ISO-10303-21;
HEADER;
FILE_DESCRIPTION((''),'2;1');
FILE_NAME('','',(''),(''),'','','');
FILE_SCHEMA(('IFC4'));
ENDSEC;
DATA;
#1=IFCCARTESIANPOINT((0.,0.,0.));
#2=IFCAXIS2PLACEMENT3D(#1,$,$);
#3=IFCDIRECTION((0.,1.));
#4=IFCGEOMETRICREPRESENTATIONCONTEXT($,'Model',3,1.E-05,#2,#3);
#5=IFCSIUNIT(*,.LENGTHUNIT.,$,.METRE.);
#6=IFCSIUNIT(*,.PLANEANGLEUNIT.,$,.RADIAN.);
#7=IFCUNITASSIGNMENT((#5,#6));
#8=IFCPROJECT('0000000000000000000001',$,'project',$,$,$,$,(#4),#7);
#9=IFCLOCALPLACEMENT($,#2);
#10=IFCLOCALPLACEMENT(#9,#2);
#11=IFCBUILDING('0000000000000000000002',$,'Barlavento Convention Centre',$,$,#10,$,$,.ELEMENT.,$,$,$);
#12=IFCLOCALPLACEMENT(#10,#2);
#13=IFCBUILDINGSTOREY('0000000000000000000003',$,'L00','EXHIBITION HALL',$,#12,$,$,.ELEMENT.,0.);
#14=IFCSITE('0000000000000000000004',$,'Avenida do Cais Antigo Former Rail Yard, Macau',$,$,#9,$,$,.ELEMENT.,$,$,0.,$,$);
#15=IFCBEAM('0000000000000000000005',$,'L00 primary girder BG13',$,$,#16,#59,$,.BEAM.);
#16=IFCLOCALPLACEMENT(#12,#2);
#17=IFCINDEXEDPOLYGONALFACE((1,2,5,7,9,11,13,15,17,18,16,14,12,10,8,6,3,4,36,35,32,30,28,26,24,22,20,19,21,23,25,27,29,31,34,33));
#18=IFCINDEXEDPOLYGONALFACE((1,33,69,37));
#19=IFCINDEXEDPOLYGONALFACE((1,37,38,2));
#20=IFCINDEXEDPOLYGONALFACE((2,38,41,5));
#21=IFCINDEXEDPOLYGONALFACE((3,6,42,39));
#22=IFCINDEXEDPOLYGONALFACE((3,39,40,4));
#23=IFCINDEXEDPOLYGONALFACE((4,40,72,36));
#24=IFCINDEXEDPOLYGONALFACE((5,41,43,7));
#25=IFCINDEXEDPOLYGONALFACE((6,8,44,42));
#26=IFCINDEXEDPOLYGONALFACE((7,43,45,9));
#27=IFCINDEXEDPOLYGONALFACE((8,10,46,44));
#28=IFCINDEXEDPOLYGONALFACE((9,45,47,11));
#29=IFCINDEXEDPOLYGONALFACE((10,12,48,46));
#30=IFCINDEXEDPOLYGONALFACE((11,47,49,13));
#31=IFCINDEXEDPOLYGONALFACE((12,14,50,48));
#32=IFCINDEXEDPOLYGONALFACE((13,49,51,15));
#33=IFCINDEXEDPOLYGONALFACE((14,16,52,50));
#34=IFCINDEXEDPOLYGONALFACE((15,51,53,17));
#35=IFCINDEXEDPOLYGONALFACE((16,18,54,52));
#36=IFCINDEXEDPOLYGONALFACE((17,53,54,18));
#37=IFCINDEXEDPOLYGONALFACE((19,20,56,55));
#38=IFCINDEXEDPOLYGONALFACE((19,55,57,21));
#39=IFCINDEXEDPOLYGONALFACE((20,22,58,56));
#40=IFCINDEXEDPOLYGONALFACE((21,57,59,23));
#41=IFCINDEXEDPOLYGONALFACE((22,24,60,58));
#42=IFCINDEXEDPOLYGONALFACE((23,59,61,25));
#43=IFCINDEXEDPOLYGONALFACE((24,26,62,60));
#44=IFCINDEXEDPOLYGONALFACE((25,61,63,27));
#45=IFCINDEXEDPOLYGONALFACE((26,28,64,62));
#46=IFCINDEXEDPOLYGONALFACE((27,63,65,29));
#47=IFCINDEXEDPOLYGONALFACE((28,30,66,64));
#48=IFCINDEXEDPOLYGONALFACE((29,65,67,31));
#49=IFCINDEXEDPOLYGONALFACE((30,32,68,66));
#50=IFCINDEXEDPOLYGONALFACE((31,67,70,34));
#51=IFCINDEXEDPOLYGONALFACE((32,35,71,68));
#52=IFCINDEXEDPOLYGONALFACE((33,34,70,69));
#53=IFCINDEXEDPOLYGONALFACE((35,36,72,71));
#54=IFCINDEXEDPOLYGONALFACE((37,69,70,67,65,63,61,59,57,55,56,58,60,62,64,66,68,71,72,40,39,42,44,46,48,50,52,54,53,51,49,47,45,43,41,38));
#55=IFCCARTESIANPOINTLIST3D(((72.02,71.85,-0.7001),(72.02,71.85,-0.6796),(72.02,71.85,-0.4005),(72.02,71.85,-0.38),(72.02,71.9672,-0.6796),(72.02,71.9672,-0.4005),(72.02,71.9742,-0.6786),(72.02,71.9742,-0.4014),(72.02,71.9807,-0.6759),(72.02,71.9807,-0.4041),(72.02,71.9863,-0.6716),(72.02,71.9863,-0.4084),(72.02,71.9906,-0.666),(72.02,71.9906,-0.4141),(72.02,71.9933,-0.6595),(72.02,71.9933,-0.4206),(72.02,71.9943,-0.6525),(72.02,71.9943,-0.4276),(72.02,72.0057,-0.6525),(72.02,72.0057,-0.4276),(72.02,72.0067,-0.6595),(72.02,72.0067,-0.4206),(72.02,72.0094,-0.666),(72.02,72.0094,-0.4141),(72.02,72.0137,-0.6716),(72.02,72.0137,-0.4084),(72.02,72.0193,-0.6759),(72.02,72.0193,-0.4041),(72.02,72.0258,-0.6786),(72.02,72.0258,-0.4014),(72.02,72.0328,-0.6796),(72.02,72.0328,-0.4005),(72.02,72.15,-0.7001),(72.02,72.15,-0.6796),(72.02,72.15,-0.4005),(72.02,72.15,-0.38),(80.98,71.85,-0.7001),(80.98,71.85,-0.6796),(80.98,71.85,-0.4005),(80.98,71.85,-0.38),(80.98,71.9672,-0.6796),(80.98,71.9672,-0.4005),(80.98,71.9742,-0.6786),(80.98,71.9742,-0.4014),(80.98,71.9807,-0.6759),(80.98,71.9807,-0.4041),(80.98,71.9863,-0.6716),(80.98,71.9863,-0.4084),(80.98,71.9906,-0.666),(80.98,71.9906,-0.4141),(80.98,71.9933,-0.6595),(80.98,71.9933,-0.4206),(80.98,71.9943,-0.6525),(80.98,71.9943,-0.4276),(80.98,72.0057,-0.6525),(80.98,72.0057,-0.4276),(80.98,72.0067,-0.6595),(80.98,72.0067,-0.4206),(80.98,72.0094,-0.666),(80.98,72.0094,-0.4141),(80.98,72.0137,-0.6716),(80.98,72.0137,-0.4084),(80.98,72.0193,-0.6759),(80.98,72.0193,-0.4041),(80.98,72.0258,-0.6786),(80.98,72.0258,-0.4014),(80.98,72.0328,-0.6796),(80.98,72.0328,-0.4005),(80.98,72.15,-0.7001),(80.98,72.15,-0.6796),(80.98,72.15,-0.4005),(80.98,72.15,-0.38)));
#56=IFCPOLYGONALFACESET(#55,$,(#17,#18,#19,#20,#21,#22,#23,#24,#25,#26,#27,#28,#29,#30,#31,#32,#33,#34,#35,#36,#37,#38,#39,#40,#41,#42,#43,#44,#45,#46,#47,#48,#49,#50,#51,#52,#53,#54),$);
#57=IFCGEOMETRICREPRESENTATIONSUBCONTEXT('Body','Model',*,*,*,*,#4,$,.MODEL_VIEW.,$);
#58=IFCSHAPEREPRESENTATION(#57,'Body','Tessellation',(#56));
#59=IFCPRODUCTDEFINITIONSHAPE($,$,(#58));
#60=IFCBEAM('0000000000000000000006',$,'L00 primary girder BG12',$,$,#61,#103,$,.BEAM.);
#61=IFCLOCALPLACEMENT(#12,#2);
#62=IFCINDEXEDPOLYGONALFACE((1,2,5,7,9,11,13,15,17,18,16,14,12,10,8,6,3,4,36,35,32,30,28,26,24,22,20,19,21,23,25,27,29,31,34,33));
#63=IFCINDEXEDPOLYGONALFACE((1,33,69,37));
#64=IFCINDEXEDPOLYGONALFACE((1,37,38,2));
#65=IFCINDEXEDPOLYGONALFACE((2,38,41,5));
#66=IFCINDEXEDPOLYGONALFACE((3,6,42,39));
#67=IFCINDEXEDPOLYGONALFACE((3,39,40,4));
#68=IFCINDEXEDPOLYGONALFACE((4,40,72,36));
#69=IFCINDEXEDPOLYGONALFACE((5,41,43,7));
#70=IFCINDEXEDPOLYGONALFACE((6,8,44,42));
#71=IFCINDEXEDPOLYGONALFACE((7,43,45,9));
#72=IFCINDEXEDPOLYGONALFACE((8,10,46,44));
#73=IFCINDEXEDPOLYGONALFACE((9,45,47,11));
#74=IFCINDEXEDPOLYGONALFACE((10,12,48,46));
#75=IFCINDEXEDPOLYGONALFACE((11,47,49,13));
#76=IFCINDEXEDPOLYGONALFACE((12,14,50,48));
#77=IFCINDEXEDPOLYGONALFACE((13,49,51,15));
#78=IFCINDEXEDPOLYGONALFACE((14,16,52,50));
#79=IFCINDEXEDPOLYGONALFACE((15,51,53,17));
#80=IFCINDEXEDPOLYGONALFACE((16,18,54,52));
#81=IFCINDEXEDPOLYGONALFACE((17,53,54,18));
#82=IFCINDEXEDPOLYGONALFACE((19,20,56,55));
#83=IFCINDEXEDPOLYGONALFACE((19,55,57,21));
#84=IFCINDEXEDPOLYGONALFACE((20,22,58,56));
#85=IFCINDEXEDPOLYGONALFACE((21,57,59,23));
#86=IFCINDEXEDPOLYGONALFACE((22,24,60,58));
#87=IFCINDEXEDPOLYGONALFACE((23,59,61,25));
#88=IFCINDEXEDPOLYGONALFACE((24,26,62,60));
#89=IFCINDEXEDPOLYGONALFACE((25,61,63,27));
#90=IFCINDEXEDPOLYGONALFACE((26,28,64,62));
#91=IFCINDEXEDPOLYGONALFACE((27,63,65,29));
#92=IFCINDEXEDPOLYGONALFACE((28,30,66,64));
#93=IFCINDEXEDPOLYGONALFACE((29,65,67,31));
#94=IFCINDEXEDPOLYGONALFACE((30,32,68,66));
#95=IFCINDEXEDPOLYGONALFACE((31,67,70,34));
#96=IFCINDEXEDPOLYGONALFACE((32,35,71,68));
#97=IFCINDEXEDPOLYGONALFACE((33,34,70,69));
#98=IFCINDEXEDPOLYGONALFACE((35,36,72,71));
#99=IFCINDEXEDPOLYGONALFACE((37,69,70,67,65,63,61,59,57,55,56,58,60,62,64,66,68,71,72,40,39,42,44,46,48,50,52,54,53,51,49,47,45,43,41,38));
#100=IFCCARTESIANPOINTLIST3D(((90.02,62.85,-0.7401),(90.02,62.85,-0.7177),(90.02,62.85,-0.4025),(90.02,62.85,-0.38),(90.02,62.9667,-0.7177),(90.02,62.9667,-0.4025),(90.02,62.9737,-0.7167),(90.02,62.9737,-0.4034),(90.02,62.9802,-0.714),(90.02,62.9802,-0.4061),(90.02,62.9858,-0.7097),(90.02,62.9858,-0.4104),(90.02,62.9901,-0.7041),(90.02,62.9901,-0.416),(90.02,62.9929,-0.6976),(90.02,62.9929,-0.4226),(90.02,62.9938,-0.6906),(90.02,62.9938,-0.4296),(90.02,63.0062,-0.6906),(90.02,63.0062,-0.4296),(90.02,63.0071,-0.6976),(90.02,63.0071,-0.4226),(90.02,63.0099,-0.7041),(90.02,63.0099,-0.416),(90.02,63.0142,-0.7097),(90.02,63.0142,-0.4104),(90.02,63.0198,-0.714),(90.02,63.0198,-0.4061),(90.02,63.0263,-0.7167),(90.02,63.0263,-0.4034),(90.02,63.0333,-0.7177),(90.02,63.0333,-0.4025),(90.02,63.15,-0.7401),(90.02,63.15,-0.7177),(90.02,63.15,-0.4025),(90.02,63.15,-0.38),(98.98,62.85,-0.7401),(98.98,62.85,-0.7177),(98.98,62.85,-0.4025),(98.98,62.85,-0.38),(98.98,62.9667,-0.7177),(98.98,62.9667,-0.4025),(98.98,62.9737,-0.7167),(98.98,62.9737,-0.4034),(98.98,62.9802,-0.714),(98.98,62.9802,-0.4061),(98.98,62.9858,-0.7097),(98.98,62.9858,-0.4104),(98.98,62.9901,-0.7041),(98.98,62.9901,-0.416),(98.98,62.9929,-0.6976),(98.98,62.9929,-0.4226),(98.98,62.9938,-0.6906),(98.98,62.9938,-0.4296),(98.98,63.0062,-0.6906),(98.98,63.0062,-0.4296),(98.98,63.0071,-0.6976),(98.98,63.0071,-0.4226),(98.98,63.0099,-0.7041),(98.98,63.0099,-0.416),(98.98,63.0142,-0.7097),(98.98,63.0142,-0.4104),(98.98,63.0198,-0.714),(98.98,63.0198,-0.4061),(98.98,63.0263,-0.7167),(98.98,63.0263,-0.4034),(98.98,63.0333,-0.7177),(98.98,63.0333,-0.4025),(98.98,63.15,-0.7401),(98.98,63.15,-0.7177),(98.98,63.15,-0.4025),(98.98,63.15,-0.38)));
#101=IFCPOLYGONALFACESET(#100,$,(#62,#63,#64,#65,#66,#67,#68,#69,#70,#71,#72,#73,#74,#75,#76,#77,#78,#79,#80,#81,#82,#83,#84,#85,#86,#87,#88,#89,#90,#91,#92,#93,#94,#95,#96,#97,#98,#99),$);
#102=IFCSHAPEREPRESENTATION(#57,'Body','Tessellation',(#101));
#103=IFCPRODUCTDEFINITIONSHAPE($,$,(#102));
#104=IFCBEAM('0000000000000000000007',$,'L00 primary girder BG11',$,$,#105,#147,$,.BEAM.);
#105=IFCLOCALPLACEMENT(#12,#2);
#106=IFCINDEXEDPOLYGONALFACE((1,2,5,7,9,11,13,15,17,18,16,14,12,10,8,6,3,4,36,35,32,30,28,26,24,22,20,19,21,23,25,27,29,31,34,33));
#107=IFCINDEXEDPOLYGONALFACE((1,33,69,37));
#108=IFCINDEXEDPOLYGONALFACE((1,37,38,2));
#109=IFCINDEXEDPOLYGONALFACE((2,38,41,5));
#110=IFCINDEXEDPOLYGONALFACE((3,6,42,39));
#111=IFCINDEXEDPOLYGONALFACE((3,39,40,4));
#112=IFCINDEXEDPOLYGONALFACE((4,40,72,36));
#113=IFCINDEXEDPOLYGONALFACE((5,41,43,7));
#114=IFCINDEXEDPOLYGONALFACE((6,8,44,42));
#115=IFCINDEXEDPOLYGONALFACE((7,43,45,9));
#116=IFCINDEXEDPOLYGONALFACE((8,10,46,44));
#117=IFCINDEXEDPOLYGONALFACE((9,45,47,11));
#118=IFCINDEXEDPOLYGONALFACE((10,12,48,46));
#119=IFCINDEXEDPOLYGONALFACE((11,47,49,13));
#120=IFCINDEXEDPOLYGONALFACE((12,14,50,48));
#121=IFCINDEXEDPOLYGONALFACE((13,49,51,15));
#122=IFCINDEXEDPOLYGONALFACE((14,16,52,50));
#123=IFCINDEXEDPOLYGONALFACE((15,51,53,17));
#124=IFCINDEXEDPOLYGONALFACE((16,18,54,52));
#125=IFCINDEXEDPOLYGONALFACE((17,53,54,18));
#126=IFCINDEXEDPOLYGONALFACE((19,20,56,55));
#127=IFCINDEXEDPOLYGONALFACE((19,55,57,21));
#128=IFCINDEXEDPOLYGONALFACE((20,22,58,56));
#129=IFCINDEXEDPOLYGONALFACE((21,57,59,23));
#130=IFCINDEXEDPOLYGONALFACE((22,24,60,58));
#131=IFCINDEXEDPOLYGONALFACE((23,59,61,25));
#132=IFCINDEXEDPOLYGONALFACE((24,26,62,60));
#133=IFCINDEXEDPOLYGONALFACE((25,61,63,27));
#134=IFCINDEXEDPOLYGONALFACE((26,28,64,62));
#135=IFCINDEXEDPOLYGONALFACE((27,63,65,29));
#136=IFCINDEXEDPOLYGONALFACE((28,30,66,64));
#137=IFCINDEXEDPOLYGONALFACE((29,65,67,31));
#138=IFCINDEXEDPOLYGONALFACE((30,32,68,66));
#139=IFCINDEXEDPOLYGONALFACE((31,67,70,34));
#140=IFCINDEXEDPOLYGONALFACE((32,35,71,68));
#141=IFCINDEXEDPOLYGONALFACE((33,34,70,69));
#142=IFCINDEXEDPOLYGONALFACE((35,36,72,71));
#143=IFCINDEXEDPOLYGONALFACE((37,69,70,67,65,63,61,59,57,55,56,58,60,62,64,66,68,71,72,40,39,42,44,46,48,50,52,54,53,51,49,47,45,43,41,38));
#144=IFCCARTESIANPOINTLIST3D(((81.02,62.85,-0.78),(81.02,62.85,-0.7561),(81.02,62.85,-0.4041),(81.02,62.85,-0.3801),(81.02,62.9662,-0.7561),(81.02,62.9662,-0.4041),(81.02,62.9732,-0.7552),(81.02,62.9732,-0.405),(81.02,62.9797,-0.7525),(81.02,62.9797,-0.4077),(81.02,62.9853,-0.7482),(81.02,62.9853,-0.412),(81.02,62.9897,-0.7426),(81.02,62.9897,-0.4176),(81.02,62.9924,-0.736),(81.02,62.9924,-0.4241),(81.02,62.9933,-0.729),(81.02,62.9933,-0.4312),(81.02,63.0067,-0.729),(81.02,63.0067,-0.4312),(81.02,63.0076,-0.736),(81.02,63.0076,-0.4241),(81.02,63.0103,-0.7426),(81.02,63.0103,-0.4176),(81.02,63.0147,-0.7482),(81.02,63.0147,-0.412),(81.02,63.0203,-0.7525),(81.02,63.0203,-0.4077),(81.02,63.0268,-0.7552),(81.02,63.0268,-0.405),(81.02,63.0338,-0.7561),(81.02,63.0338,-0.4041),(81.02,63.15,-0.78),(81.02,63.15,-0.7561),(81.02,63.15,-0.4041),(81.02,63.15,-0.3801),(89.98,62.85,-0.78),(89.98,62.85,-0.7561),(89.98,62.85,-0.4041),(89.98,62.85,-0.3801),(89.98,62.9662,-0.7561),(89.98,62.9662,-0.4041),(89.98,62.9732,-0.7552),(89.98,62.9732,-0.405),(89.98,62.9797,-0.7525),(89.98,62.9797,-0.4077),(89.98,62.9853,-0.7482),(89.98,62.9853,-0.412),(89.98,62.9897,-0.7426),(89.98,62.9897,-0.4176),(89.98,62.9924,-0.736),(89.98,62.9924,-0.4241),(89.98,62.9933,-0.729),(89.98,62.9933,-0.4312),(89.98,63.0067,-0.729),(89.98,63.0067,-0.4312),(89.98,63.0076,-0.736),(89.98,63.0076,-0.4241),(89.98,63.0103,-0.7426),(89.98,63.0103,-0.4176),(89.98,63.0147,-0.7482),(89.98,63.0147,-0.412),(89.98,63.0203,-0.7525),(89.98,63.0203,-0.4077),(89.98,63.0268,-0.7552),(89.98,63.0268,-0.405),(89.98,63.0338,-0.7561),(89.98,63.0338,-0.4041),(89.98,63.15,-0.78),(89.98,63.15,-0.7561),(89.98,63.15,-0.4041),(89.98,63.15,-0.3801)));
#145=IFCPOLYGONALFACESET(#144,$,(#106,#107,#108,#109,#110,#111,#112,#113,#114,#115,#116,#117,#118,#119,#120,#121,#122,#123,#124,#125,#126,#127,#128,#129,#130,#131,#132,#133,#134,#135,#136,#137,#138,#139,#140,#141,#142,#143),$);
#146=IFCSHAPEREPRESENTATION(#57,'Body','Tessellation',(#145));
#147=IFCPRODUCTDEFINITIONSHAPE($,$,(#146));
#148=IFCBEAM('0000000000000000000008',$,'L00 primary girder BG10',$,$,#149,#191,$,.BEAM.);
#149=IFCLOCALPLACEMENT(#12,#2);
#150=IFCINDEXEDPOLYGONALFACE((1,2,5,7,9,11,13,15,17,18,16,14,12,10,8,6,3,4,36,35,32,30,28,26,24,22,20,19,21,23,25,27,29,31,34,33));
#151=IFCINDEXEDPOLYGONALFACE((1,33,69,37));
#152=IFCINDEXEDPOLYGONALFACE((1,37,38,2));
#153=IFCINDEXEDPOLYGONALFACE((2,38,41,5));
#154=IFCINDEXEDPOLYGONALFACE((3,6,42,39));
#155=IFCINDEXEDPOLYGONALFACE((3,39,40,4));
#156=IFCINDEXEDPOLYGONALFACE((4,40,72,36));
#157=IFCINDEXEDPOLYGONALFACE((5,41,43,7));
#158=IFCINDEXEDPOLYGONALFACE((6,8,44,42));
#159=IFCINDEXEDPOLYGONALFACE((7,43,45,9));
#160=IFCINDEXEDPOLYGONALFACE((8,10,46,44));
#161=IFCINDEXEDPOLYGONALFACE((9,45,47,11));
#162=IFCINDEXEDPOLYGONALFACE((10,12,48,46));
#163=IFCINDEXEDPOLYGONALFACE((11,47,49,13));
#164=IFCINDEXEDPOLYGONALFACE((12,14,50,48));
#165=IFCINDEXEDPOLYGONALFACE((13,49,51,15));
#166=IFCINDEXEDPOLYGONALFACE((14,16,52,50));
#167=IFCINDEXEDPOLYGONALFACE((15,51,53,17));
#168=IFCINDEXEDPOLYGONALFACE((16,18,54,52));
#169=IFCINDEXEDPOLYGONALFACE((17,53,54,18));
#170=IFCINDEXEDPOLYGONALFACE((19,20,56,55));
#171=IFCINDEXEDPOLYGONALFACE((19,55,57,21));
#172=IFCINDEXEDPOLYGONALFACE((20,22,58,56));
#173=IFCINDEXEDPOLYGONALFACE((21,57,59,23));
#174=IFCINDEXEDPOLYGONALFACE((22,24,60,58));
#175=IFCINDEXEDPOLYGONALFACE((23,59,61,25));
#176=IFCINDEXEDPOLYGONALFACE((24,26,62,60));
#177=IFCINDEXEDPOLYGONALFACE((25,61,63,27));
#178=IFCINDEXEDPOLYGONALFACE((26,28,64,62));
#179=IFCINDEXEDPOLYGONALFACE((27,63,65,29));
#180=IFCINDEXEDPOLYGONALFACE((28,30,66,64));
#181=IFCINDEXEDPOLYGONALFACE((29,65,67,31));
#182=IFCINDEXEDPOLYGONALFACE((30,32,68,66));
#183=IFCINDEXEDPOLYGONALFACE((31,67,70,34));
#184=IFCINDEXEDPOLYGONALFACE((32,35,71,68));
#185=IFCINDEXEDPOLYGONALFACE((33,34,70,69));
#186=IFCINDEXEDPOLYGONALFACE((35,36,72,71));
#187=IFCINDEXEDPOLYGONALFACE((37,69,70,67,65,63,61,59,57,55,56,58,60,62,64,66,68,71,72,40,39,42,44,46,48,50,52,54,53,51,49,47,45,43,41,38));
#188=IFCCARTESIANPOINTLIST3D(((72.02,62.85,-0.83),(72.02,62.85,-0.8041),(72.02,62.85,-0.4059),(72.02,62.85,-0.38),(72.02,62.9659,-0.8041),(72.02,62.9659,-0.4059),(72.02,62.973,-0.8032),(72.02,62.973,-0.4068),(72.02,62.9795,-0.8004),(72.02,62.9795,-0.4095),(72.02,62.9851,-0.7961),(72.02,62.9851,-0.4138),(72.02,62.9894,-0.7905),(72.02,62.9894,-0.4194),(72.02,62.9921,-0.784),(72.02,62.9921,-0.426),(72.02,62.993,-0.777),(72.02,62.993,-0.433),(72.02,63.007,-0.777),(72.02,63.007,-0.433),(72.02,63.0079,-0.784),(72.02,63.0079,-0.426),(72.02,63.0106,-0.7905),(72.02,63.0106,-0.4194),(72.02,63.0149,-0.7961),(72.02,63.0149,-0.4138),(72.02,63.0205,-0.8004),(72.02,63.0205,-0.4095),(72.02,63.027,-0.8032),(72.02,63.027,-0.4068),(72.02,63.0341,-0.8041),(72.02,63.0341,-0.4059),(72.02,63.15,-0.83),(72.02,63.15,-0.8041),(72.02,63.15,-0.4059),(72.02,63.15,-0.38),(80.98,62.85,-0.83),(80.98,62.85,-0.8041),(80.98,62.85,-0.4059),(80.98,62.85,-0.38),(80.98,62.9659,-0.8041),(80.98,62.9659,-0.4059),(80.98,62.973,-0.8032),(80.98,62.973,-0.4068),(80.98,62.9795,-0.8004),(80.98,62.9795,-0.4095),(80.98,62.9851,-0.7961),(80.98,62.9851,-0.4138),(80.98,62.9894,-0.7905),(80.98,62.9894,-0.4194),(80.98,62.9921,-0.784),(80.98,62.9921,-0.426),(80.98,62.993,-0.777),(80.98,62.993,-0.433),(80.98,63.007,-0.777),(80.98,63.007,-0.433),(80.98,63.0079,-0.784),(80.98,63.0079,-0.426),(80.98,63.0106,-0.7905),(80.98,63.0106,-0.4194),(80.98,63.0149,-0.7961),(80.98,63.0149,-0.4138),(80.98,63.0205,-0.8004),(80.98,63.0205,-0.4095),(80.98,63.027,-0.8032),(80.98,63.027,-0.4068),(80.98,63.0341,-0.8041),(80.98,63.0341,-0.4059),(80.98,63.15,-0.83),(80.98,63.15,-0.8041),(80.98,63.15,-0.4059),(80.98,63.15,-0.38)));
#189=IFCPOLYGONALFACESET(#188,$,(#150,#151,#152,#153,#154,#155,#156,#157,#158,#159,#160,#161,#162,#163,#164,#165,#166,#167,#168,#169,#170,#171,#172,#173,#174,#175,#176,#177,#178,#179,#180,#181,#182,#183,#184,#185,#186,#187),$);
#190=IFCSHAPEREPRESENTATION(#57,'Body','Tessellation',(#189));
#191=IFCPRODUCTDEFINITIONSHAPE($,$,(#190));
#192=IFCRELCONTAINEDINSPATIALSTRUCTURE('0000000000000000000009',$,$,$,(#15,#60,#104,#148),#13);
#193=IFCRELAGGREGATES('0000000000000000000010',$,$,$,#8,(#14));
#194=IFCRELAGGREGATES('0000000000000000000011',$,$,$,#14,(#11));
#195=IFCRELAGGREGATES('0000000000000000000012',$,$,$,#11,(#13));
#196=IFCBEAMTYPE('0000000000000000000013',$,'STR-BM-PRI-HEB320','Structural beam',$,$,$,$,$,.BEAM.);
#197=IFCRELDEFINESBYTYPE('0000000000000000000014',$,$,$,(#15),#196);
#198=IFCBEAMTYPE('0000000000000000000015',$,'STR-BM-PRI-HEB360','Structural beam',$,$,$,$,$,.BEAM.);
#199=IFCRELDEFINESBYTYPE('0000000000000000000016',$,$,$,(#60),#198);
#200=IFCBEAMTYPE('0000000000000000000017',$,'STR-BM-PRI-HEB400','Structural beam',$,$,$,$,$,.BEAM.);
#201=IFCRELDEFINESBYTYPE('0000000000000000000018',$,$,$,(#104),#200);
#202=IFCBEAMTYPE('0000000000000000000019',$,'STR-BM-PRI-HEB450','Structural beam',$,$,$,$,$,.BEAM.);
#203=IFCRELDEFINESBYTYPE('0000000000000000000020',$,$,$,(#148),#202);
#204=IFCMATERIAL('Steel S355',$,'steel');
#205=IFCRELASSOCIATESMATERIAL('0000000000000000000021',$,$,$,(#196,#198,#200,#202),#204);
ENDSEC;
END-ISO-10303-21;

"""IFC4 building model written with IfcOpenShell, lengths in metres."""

from ifc_helpers import new_model, si_unit, direction, frame, origin, origin_2d, place, context, subcontext, project, spatial, i_section, extrude, material, material_profile, profile_set, type_object, element, save


model = new_model("IFC4")

# Units and contexts
model_context = context("Model", 3, precision=1e-05, world=origin(), true_north=direction((0.0, 1.0)))
body_context = subcontext(model_context, "Body", "Model", "MODEL_VIEW")
ifc_project = project(units=[si_unit("LENGTHUNIT", "METRE"), si_unit("PLANEANGLEUNIT", "RADIAN")], contexts=[model_context])

# Site, building, storey
site_placement = place(None, origin())
site = spatial("IfcSite", under=ifc_project, at=site_placement, Name="Avenida do Cais Antigo Former Rail Yard, Macau", CompositionType="ELEMENT", RefElevation=0.0)
building_placement = place(site_placement, origin())
building = spatial("IfcBuilding", under=site, at=building_placement, Name="Barlavento Convention Centre", CompositionType="ELEMENT")
storey_placement = place(building_placement, origin())
storey = spatial("IfcBuildingStorey", under=building, at=storey_placement, Name="L00", Description="EXHIBITION HALL", CompositionType="ELEMENT", Elevation=0.0)

# Beams
ifc_material_1 = material(Name="Steel S355", Category="steel")
ifc_material_profile_1 = material_profile(ifc_material_1, i_section(OverallWidth=0.3, OverallDepth=0.3201, WebThickness=0.0115, FlangeThickness=0.0205, FilletRadius=0.0271, at=origin_2d()), Name="HEB 320")
ifc_profile_set_1 = profile_set([ifc_material_profile_1], Name="Steel S355")
beam_type_1 = type_object("IfcBeamType", Name="STR-BM-PRI-HEB320", Description="Structural beam", PredefinedType="BEAM", material=ifc_profile_set_1)
beam_1_placement = place(storey_placement, frame((72.02, 72.0, -0.54), z_axis=(1.0, 0.0, 0.0), x_axis=(0.0, 1.0, 0.0)))
element("IfcBeam", 1, at=beam_1_placement, inside=storey, type_object=beam_type_1, Name="L00 primary girder BG13", PredefinedType="BEAM", context=body_context, shape_type="SweptSolid", body=[
    extrude(i_section(OverallWidth=0.3, OverallDepth=0.3201, WebThickness=0.0115, FlangeThickness=0.0205, FilletRadius=0.0271, at=origin_2d()), origin(), (0.0, 0.0, 1.0), 8.96),
])
ifc_material_profile_2 = material_profile(ifc_material_1, i_section(OverallWidth=0.3, OverallDepth=0.3601, WebThickness=0.0125, FlangeThickness=0.0225, FilletRadius=0.0271, at=origin_2d()), Name="HEB 360")
ifc_profile_set_2 = profile_set([ifc_material_profile_2], Name="Steel S355")
beam_type_2 = type_object("IfcBeamType", Name="STR-BM-PRI-HEB360", Description="Structural beam", PredefinedType="BEAM", material=ifc_profile_set_2)
beam_2_placement = place(storey_placement, frame((90.02, 63.0, -0.5601), z_axis=(1.0, 0.0, 0.0), x_axis=(0.0, 1.0, 0.0)))
element("IfcBeam", 2, at=beam_2_placement, inside=storey, type_object=beam_type_2, Name="L00 primary girder BG12", PredefinedType="BEAM", context=body_context, shape_type="SweptSolid", body=[
    extrude(i_section(OverallWidth=0.3, OverallDepth=0.3601, WebThickness=0.0125, FlangeThickness=0.0225, FilletRadius=0.0271, at=origin_2d()), origin(), (0.0, 0.0, 1.0), 8.96),
])
ifc_material_profile_3 = material_profile(ifc_material_1, i_section(OverallWidth=0.3, OverallDepth=0.3999, WebThickness=0.0134, FlangeThickness=0.0239, FilletRadius=0.0271, at=origin_2d()), Name="HEB 400")
ifc_profile_set_3 = profile_set([ifc_material_profile_3], Name="Steel S355")
beam_type_3 = type_object("IfcBeamType", Name="STR-BM-PRI-HEB400", Description="Structural beam", PredefinedType="BEAM", material=ifc_profile_set_3)
beam_3_placement = place(storey_placement, frame((81.02, 63.0, -0.5801), z_axis=(1.0, 0.0, 0.0), x_axis=(0.0, 1.0, 0.0)))
element("IfcBeam", 3, at=beam_3_placement, inside=storey, type_object=beam_type_3, Name="L00 primary girder BG11", PredefinedType="BEAM", context=body_context, shape_type="SweptSolid", body=[
    extrude(i_section(OverallWidth=0.3, OverallDepth=0.3999, WebThickness=0.0134, FlangeThickness=0.0239, FilletRadius=0.0271, at=origin_2d()), origin(), (0.0, 0.0, 1.0), 8.96),
])
ifc_material_profile_4 = material_profile(ifc_material_1, i_section(OverallWidth=0.3, OverallDepth=0.45, WebThickness=0.0139, FlangeThickness=0.0259, FilletRadius=0.0271, at=origin_2d()), Name="HEB 450")
ifc_profile_set_4 = profile_set([ifc_material_profile_4], Name="Steel S355")
beam_type_4 = type_object("IfcBeamType", Name="STR-BM-PRI-HEB450", Description="Structural beam", PredefinedType="BEAM", material=ifc_profile_set_4)
beam_4_placement = place(storey_placement, frame((72.02, 63.0, -0.605), z_axis=(1.0, 0.0, 0.0), x_axis=(0.0, 1.0, 0.0)))
element("IfcBeam", 4, at=beam_4_placement, inside=storey, type_object=beam_type_4, Name="L00 primary girder BG10", PredefinedType="BEAM", context=body_context, shape_type="SweptSolid", body=[
    extrude(i_section(OverallWidth=0.3, OverallDepth=0.45, WebThickness=0.0139, FlangeThickness=0.0259, FilletRadius=0.0271, at=origin_2d()), origin(), (0.0, 0.0, 1.0), 8.96),
])

save(model, "model.ifc")
